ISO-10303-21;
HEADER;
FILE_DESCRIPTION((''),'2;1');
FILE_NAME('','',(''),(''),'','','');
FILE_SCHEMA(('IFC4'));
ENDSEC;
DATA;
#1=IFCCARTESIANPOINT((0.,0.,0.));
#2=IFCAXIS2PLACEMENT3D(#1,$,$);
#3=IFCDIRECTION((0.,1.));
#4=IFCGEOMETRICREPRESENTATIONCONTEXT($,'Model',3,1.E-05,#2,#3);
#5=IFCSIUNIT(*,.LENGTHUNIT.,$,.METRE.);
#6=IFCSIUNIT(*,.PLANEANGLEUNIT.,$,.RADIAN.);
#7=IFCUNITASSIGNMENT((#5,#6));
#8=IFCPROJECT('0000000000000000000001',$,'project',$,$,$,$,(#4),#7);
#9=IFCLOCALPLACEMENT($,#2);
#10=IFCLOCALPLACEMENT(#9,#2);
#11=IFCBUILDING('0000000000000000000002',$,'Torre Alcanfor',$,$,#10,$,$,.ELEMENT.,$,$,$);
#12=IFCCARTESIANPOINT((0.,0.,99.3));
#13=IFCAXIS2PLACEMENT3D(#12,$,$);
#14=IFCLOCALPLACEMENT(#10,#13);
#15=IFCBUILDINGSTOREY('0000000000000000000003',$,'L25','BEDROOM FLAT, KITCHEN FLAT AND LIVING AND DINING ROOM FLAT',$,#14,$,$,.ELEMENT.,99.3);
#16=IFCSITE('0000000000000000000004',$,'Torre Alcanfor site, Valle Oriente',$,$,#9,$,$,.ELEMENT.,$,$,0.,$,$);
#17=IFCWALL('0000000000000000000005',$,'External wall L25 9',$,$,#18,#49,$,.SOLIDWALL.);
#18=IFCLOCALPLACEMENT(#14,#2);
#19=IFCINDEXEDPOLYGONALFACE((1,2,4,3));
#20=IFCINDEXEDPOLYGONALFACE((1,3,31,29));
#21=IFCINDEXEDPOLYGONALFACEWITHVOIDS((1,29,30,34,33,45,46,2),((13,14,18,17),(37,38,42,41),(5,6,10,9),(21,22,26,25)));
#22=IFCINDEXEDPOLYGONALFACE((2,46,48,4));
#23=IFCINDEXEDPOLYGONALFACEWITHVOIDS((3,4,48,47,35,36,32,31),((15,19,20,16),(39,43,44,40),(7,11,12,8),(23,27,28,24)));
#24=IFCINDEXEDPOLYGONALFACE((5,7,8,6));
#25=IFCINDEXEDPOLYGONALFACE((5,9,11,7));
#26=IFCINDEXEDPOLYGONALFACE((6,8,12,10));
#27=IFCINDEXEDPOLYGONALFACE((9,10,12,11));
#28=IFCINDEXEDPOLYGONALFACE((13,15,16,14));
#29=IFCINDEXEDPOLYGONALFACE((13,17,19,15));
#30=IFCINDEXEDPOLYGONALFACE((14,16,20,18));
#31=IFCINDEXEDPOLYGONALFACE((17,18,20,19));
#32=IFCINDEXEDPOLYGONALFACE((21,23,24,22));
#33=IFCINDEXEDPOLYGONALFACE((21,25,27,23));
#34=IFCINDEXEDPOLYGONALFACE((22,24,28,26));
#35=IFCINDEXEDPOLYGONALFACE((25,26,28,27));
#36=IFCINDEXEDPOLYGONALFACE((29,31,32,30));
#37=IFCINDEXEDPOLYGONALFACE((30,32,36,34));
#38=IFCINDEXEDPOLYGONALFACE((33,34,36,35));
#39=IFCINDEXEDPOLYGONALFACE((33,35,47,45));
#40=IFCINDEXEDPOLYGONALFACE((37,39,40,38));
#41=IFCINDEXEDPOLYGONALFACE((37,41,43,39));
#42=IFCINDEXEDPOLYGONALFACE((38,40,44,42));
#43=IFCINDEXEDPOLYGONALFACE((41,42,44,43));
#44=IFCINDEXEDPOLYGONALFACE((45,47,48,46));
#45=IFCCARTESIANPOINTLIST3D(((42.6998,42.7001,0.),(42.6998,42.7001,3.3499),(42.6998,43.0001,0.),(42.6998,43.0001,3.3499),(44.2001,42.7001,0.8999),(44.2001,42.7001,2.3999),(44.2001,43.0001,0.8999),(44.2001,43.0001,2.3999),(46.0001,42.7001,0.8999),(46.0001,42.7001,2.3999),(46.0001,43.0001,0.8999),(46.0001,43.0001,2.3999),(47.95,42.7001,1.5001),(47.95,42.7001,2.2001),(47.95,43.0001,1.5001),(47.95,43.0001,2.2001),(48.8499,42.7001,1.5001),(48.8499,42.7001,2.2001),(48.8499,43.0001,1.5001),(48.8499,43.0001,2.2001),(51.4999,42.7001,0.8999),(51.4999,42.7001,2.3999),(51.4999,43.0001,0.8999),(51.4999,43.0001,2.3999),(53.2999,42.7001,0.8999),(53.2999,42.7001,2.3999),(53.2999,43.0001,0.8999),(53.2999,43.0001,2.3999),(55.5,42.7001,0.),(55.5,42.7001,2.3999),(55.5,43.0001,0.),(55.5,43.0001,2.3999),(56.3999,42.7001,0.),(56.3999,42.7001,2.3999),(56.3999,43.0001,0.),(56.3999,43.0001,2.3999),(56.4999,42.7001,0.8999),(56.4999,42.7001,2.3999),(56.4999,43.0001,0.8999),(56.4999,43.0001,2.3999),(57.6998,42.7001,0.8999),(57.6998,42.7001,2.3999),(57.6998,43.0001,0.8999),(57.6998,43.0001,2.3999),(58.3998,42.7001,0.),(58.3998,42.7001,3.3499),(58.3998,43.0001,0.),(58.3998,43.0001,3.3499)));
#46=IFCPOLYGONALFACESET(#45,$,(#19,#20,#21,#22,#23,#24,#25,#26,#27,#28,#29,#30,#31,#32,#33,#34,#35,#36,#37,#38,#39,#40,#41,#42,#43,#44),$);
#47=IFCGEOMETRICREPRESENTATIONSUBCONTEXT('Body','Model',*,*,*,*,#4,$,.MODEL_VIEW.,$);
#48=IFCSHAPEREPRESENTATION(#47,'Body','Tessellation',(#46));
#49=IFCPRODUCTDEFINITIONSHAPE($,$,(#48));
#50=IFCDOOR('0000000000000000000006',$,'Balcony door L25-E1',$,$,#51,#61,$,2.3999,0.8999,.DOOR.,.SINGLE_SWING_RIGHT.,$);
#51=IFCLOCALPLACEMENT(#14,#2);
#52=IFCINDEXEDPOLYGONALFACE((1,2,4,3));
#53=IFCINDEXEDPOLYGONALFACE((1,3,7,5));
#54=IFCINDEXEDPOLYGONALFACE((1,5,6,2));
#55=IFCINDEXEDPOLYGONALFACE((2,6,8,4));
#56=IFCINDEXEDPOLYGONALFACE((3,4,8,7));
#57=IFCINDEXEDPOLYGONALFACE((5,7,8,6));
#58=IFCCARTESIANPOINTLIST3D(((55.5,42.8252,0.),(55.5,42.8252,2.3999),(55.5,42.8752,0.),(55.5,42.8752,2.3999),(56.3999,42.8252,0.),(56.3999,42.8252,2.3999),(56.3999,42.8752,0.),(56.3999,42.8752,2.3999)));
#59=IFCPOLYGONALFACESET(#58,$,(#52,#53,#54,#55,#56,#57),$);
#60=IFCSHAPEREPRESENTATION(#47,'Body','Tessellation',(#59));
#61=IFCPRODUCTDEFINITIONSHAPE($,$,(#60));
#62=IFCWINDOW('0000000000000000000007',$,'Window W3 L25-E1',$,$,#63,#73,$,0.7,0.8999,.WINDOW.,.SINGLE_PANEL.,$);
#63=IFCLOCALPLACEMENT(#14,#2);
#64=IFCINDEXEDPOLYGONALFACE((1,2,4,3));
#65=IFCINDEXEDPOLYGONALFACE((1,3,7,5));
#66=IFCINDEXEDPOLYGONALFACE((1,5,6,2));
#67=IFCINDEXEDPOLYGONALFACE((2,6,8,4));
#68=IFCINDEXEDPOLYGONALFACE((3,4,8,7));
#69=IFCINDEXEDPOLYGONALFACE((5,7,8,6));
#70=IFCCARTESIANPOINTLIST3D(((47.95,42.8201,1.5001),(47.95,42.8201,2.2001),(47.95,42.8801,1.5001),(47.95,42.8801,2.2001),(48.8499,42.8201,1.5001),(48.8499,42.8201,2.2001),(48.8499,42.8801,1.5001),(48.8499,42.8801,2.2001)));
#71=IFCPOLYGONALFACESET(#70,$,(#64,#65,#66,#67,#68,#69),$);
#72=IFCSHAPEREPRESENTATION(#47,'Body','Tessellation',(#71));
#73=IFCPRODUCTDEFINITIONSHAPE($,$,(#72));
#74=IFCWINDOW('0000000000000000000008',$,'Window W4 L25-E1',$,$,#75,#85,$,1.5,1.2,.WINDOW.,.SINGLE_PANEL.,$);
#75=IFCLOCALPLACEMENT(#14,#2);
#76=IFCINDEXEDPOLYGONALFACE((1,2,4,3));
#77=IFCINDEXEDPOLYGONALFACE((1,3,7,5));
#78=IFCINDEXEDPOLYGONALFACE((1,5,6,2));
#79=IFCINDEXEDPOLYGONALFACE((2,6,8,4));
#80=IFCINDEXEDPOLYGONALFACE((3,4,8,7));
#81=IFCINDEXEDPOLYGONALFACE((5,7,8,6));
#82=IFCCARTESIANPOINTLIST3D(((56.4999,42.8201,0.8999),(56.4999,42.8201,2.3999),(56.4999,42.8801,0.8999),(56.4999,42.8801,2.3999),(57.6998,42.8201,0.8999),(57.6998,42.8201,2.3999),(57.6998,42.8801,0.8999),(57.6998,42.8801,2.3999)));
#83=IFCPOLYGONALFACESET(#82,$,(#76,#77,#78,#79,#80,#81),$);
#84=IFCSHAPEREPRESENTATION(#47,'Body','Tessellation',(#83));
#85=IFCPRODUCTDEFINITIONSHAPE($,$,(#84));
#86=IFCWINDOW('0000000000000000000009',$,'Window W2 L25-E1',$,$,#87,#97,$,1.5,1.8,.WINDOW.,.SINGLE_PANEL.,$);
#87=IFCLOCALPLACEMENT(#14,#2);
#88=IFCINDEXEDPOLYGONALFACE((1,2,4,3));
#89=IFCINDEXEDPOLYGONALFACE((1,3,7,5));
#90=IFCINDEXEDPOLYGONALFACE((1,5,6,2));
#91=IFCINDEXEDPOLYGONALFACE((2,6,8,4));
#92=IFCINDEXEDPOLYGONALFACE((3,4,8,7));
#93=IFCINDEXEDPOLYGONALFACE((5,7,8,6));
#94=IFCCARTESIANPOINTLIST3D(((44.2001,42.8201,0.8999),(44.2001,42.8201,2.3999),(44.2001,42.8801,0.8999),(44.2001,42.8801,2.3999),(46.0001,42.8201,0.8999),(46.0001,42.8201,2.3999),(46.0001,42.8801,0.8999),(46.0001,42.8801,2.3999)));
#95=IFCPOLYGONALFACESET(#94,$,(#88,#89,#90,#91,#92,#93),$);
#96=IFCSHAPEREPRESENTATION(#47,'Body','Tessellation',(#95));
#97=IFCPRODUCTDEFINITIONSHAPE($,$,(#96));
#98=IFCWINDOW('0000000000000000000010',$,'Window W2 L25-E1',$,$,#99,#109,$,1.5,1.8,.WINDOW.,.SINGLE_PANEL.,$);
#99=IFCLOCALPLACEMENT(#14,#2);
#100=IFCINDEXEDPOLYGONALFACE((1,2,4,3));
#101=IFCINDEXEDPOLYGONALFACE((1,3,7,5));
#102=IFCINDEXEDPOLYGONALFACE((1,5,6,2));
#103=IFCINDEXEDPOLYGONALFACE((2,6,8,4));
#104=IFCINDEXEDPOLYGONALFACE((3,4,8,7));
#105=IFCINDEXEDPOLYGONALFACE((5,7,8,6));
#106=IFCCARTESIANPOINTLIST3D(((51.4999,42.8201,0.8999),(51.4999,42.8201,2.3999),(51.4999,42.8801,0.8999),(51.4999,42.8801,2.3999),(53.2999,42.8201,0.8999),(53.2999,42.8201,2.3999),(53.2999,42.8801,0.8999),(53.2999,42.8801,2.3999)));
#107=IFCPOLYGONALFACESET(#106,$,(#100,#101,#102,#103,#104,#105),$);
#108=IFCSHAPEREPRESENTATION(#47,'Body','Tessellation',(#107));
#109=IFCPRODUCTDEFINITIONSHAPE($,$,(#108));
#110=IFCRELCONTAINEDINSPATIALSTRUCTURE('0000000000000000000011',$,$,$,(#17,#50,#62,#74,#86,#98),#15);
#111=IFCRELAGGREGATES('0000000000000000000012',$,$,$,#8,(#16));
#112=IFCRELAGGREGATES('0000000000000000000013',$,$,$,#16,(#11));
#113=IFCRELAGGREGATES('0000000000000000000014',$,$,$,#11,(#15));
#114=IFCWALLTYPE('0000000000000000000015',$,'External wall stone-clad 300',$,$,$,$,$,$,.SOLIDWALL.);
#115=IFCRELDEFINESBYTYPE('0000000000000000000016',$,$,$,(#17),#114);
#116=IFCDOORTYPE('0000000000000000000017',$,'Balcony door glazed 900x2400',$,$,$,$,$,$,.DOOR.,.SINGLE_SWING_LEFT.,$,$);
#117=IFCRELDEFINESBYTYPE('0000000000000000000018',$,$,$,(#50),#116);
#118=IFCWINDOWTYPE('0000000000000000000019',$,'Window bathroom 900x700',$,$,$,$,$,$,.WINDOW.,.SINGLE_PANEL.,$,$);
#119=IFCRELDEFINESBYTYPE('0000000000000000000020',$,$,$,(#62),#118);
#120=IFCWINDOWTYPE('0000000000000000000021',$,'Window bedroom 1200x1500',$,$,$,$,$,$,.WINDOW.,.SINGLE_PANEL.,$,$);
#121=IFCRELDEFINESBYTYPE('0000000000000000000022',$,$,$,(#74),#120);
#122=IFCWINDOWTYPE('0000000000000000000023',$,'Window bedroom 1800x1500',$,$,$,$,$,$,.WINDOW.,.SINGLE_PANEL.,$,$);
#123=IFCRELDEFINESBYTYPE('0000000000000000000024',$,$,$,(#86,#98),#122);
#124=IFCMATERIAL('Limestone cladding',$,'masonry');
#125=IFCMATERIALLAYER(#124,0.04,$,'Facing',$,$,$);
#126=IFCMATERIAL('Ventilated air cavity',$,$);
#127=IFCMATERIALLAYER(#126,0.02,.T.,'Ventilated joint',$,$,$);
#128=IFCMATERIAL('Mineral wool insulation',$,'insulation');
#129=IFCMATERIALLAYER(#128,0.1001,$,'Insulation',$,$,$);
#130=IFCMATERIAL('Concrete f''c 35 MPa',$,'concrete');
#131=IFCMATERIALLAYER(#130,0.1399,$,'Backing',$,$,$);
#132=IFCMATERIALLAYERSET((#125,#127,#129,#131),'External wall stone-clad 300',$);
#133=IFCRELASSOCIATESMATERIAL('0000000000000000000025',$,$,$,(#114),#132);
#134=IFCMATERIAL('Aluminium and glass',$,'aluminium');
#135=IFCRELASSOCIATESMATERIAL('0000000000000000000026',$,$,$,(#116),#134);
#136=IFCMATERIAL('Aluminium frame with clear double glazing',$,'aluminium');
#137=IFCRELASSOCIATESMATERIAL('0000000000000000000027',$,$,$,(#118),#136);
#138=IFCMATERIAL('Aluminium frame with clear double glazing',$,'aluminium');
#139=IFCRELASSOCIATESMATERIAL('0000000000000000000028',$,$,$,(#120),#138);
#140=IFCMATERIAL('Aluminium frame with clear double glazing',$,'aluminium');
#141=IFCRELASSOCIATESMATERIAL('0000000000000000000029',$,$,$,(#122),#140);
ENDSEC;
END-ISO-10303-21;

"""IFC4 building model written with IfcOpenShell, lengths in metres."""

from ifc_helpers import new_model, si_unit, direction, frame, frame_2d, origin, place, context, subcontext, project, spatial, rectangle, extrude, material, layer, layer_set, type_object, element, fill, save


model = new_model("IFC4")

# Units and contexts
model_context = context("Model", 3, precision=1e-05, world=origin(), true_north=direction((0.0, 1.0)))
body_context = subcontext(model_context, "Body", "Model", "MODEL_VIEW")
ifc_project = project(units=[si_unit("LENGTHUNIT", "METRE"), si_unit("PLANEANGLEUNIT", "RADIAN")], contexts=[model_context])

# Site, building, storey
site_placement = place(None, origin())
site = spatial("IfcSite", under=ifc_project, at=site_placement, Name="Torre Alcanfor site, Valle Oriente", CompositionType="ELEMENT", RefElevation=0.0)
building_placement = place(site_placement, origin())
building = spatial("IfcBuilding", under=site, at=building_placement, Name="Torre Alcanfor", CompositionType="ELEMENT")
storey_placement = place(building_placement, frame((0.0, 0.0, 99.3)))
storey = spatial("IfcBuildingStorey", under=building, at=storey_placement, Name="L25", Description="BEDROOM FLAT, KITCHEN FLAT AND LIVING AND DINING ROOM FLAT", CompositionType="ELEMENT", Elevation=99.3)

# Wall, openings, door, windows
ifc_material_1 = material(Name="Limestone cladding", Category="masonry")
ifc_layer_1 = layer(ifc_material_1, 0.04, Name="Facing")
ifc_material_2 = material(Name="Ventilated air cavity")
ifc_layer_2 = layer(ifc_material_2, 0.02, ventilated=True, Name="Ventilated joint")
ifc_material_3 = material(Name="Mineral wool insulation", Category="insulation")
ifc_layer_3 = layer(ifc_material_3, 0.1001, Name="Insulation")
ifc_material_4 = material(Name="Concrete f'c 35 MPa", Category="concrete")
ifc_layer_4 = layer(ifc_material_4, 0.1399, Name="Backing")
ifc_layer_set_1 = layer_set([ifc_layer_1, ifc_layer_2, ifc_layer_3, ifc_layer_4], Name="External wall stone-clad 300")
wall_type_1 = type_object("IfcWallType", Name="External wall stone-clad 300", PredefinedType="SOLIDWALL", material=ifc_layer_set_1)
wall_1_placement = place(storey_placement, frame((58.3999, 42.8501, 0.0), z_axis=(0.0, 0.0, 1.0), x_axis=(-1.0, 0.0, 0.0)))
wall_1 = element("IfcWall", 1, at=wall_1_placement, inside=storey, type_object=wall_type_1, Name="External wall L25 9", PredefinedType="SOLIDWALL", context=body_context, shape_type="SweptSolid", body=[
    extrude(rectangle(XDim=15.7, YDim=0.3, at=frame_2d((7.8501, 0.0))), origin(), (0.0, 0.0, 1.0), 3.3499),
])
opening_1_placement = place(wall_1_placement, frame((12.3999, 0.0, 0.8999)))
opening_1 = element("IfcOpeningElement", 2, at=opening_1_placement, cuts=wall_1, PredefinedType="OPENING", context=body_context, shape_type="SweptSolid", body=[
    extrude(rectangle(XDim=1.8, YDim=1.5, at=frame_2d((0.8999, 0.75))), frame((0.0, 0.1599, 0.0), z_axis=(0.0, -1.0, 0.0), x_axis=(1.0, 0.0, 0.0)), (0.0, 0.0, 1.0), 0.3201),
])
opening_2_placement = place(wall_1_placement, frame((9.55, 0.0, 1.5)))
opening_2 = element("IfcOpeningElement", 3, at=opening_2_placement, cuts=wall_1, PredefinedType="OPENING", context=body_context, shape_type="SweptSolid", body=[
    extrude(rectangle(XDim=0.8999, YDim=0.7, at=frame_2d((0.45, 0.3501))), frame((0.0, 0.1599, 0.0), z_axis=(0.0, -1.0, 0.0), x_axis=(1.0, 0.0, 0.0)), (0.0, 0.0, 1.0), 0.3201),
])
opening_3_placement = place(wall_1_placement, frame((5.1001, 0.0, 0.8999)))
opening_3 = element("IfcOpeningElement", 4, at=opening_3_placement, cuts=wall_1, PredefinedType="OPENING", context=body_context, shape_type="SweptSolid", body=[
    extrude(rectangle(XDim=1.8, YDim=1.5, at=frame_2d((0.8999, 0.75))), frame((0.0, 0.1599, 0.0), z_axis=(0.0, -1.0, 0.0), x_axis=(1.0, 0.0, 0.0)), (0.0, 0.0, 1.0), 0.3201),
])
opening_4_placement = place(wall_1_placement, frame((2.0, 0.0, 0.0)))
opening_4 = element("IfcOpeningElement", 5, at=opening_4_placement, cuts=wall_1, PredefinedType="OPENING", context=body_context, shape_type="SweptSolid", body=[
    extrude(rectangle(XDim=0.8999, YDim=2.3999, at=frame_2d((0.45, 1.2))), frame((0.0, 0.1599, 0.0), z_axis=(0.0, -1.0, 0.0), x_axis=(1.0, 0.0, 0.0)), (0.0, 0.0, 1.0), 0.3201),
])
opening_5_placement = place(wall_1_placement, frame((0.7, 0.0, 0.8999)))
opening_5 = element("IfcOpeningElement", 6, at=opening_5_placement, cuts=wall_1, PredefinedType="OPENING", context=body_context, shape_type="SweptSolid", body=[
    extrude(rectangle(XDim=1.2, YDim=1.5, at=frame_2d((0.6001, 0.75))), frame((0.0, 0.1599, 0.0), z_axis=(0.0, -1.0, 0.0), x_axis=(1.0, 0.0, 0.0)), (0.0, 0.0, 1.0), 0.3201),
])
ifc_material_5 = material(Name="Aluminium and glass", Category="aluminium")
door_type = type_object("IfcDoorType", Name="Balcony door glazed 900x2400", OperationType="SINGLE_SWING_LEFT", PredefinedType="DOOR", material=ifc_material_5)
door_1_placement = place(opening_4_placement, origin())
door_1 = element("IfcDoor", 7, at=door_1_placement, inside=storey, type_object=door_type, Name="Balcony door L25-E1", OperationType="SINGLE_SWING_RIGHT", OverallHeight=2.3999, OverallWidth=0.8999, PredefinedType="DOOR", context=body_context, shape_type="SweptSolid", body=[
    extrude(rectangle(XDim=0.8999, YDim=2.3999, at=frame_2d((0.45, 1.2))), frame((0.0, 0.0249, 0.0), z_axis=(0.0, -1.0, 0.0), x_axis=(1.0, 0.0, 0.0)), (0.0, 0.0, 1.0), 0.05),
])
fill(opening_4, door_1)
ifc_material_6 = material(Name="Aluminium frame with clear double glazing", Category="aluminium")
window_type_1 = type_object("IfcWindowType", Name="Window bathroom 900x700", PartitioningType="SINGLE_PANEL", PredefinedType="WINDOW", material=ifc_material_6)
window_1_placement = place(opening_2_placement, origin())
window_1 = element("IfcWindow", 8, at=window_1_placement, inside=storey, type_object=window_type_1, Name="Window W3 L25-E1", OverallHeight=0.7, OverallWidth=0.8999, PartitioningType="SINGLE_PANEL", PredefinedType="WINDOW", context=body_context, shape_type="SweptSolid", body=[
    extrude(rectangle(XDim=0.8999, YDim=0.7, at=frame_2d((0.45, 0.3501))), frame((0.0, 0.03, 0.0), z_axis=(0.0, -1.0, 0.0), x_axis=(1.0, 0.0, 0.0)), (0.0, 0.0, 1.0), 0.0601),
])
fill(opening_2, window_1)
ifc_material_7 = material(Name="Aluminium frame with clear double glazing", Category="aluminium")
window_type_2 = type_object("IfcWindowType", Name="Window bedroom 1200x1500", PartitioningType="SINGLE_PANEL", PredefinedType="WINDOW", material=ifc_material_7)
window_2_placement = place(opening_5_placement, origin())
window_2 = element("IfcWindow", 9, at=window_2_placement, inside=storey, type_object=window_type_2, Name="Window W4 L25-E1", OverallHeight=1.5, OverallWidth=1.2, PartitioningType="SINGLE_PANEL", PredefinedType="WINDOW", context=body_context, shape_type="SweptSolid", body=[
    extrude(rectangle(XDim=1.2, YDim=1.5, at=frame_2d((0.6001, 0.75))), frame((0.0, 0.03, 0.0), z_axis=(0.0, -1.0, 0.0), x_axis=(1.0, 0.0, 0.0)), (0.0, 0.0, 1.0), 0.0601),
])
fill(opening_5, window_2)
ifc_material_8 = material(Name="Aluminium frame with clear double glazing", Category="aluminium")
window_type_3 = type_object("IfcWindowType", Name="Window bedroom 1800x1500", PartitioningType="SINGLE_PANEL", PredefinedType="WINDOW", material=ifc_material_8)
window_3_placement = place(opening_1_placement, origin())
window_3 = element("IfcWindow", 10, at=window_3_placement, inside=storey, type_object=window_type_3, Name="Window W2 L25-E1", OverallHeight=1.5, OverallWidth=1.8, PartitioningType="SINGLE_PANEL", PredefinedType="WINDOW", context=body_context, shape_type="SweptSolid", body=[
    extrude(rectangle(XDim=1.8, YDim=1.5, at=frame_2d((0.8999, 0.75))), frame((0.0, 0.03, 0.0), z_axis=(0.0, -1.0, 0.0), x_axis=(1.0, 0.0, 0.0)), (0.0, 0.0, 1.0), 0.0601),
])
fill(opening_1, window_3)
window_4_placement = place(opening_3_placement, origin())
window_4 = element("IfcWindow", 11, at=window_4_placement, inside=storey, type_object=window_type_3, Name="Window W2 L25-E1", OverallHeight=1.5, OverallWidth=1.8, PartitioningType="SINGLE_PANEL", PredefinedType="WINDOW", context=body_context, shape_type="SweptSolid", body=[
    extrude(rectangle(XDim=1.8, YDim=1.5, at=frame_2d((0.8999, 0.75))), frame((0.0, 0.03, 0.0), z_axis=(0.0, -1.0, 0.0), x_axis=(1.0, 0.0, 0.0)), (0.0, 0.0, 1.0), 0.0601),
])
fill(opening_3, window_4)

save(model, "model.ifc")
